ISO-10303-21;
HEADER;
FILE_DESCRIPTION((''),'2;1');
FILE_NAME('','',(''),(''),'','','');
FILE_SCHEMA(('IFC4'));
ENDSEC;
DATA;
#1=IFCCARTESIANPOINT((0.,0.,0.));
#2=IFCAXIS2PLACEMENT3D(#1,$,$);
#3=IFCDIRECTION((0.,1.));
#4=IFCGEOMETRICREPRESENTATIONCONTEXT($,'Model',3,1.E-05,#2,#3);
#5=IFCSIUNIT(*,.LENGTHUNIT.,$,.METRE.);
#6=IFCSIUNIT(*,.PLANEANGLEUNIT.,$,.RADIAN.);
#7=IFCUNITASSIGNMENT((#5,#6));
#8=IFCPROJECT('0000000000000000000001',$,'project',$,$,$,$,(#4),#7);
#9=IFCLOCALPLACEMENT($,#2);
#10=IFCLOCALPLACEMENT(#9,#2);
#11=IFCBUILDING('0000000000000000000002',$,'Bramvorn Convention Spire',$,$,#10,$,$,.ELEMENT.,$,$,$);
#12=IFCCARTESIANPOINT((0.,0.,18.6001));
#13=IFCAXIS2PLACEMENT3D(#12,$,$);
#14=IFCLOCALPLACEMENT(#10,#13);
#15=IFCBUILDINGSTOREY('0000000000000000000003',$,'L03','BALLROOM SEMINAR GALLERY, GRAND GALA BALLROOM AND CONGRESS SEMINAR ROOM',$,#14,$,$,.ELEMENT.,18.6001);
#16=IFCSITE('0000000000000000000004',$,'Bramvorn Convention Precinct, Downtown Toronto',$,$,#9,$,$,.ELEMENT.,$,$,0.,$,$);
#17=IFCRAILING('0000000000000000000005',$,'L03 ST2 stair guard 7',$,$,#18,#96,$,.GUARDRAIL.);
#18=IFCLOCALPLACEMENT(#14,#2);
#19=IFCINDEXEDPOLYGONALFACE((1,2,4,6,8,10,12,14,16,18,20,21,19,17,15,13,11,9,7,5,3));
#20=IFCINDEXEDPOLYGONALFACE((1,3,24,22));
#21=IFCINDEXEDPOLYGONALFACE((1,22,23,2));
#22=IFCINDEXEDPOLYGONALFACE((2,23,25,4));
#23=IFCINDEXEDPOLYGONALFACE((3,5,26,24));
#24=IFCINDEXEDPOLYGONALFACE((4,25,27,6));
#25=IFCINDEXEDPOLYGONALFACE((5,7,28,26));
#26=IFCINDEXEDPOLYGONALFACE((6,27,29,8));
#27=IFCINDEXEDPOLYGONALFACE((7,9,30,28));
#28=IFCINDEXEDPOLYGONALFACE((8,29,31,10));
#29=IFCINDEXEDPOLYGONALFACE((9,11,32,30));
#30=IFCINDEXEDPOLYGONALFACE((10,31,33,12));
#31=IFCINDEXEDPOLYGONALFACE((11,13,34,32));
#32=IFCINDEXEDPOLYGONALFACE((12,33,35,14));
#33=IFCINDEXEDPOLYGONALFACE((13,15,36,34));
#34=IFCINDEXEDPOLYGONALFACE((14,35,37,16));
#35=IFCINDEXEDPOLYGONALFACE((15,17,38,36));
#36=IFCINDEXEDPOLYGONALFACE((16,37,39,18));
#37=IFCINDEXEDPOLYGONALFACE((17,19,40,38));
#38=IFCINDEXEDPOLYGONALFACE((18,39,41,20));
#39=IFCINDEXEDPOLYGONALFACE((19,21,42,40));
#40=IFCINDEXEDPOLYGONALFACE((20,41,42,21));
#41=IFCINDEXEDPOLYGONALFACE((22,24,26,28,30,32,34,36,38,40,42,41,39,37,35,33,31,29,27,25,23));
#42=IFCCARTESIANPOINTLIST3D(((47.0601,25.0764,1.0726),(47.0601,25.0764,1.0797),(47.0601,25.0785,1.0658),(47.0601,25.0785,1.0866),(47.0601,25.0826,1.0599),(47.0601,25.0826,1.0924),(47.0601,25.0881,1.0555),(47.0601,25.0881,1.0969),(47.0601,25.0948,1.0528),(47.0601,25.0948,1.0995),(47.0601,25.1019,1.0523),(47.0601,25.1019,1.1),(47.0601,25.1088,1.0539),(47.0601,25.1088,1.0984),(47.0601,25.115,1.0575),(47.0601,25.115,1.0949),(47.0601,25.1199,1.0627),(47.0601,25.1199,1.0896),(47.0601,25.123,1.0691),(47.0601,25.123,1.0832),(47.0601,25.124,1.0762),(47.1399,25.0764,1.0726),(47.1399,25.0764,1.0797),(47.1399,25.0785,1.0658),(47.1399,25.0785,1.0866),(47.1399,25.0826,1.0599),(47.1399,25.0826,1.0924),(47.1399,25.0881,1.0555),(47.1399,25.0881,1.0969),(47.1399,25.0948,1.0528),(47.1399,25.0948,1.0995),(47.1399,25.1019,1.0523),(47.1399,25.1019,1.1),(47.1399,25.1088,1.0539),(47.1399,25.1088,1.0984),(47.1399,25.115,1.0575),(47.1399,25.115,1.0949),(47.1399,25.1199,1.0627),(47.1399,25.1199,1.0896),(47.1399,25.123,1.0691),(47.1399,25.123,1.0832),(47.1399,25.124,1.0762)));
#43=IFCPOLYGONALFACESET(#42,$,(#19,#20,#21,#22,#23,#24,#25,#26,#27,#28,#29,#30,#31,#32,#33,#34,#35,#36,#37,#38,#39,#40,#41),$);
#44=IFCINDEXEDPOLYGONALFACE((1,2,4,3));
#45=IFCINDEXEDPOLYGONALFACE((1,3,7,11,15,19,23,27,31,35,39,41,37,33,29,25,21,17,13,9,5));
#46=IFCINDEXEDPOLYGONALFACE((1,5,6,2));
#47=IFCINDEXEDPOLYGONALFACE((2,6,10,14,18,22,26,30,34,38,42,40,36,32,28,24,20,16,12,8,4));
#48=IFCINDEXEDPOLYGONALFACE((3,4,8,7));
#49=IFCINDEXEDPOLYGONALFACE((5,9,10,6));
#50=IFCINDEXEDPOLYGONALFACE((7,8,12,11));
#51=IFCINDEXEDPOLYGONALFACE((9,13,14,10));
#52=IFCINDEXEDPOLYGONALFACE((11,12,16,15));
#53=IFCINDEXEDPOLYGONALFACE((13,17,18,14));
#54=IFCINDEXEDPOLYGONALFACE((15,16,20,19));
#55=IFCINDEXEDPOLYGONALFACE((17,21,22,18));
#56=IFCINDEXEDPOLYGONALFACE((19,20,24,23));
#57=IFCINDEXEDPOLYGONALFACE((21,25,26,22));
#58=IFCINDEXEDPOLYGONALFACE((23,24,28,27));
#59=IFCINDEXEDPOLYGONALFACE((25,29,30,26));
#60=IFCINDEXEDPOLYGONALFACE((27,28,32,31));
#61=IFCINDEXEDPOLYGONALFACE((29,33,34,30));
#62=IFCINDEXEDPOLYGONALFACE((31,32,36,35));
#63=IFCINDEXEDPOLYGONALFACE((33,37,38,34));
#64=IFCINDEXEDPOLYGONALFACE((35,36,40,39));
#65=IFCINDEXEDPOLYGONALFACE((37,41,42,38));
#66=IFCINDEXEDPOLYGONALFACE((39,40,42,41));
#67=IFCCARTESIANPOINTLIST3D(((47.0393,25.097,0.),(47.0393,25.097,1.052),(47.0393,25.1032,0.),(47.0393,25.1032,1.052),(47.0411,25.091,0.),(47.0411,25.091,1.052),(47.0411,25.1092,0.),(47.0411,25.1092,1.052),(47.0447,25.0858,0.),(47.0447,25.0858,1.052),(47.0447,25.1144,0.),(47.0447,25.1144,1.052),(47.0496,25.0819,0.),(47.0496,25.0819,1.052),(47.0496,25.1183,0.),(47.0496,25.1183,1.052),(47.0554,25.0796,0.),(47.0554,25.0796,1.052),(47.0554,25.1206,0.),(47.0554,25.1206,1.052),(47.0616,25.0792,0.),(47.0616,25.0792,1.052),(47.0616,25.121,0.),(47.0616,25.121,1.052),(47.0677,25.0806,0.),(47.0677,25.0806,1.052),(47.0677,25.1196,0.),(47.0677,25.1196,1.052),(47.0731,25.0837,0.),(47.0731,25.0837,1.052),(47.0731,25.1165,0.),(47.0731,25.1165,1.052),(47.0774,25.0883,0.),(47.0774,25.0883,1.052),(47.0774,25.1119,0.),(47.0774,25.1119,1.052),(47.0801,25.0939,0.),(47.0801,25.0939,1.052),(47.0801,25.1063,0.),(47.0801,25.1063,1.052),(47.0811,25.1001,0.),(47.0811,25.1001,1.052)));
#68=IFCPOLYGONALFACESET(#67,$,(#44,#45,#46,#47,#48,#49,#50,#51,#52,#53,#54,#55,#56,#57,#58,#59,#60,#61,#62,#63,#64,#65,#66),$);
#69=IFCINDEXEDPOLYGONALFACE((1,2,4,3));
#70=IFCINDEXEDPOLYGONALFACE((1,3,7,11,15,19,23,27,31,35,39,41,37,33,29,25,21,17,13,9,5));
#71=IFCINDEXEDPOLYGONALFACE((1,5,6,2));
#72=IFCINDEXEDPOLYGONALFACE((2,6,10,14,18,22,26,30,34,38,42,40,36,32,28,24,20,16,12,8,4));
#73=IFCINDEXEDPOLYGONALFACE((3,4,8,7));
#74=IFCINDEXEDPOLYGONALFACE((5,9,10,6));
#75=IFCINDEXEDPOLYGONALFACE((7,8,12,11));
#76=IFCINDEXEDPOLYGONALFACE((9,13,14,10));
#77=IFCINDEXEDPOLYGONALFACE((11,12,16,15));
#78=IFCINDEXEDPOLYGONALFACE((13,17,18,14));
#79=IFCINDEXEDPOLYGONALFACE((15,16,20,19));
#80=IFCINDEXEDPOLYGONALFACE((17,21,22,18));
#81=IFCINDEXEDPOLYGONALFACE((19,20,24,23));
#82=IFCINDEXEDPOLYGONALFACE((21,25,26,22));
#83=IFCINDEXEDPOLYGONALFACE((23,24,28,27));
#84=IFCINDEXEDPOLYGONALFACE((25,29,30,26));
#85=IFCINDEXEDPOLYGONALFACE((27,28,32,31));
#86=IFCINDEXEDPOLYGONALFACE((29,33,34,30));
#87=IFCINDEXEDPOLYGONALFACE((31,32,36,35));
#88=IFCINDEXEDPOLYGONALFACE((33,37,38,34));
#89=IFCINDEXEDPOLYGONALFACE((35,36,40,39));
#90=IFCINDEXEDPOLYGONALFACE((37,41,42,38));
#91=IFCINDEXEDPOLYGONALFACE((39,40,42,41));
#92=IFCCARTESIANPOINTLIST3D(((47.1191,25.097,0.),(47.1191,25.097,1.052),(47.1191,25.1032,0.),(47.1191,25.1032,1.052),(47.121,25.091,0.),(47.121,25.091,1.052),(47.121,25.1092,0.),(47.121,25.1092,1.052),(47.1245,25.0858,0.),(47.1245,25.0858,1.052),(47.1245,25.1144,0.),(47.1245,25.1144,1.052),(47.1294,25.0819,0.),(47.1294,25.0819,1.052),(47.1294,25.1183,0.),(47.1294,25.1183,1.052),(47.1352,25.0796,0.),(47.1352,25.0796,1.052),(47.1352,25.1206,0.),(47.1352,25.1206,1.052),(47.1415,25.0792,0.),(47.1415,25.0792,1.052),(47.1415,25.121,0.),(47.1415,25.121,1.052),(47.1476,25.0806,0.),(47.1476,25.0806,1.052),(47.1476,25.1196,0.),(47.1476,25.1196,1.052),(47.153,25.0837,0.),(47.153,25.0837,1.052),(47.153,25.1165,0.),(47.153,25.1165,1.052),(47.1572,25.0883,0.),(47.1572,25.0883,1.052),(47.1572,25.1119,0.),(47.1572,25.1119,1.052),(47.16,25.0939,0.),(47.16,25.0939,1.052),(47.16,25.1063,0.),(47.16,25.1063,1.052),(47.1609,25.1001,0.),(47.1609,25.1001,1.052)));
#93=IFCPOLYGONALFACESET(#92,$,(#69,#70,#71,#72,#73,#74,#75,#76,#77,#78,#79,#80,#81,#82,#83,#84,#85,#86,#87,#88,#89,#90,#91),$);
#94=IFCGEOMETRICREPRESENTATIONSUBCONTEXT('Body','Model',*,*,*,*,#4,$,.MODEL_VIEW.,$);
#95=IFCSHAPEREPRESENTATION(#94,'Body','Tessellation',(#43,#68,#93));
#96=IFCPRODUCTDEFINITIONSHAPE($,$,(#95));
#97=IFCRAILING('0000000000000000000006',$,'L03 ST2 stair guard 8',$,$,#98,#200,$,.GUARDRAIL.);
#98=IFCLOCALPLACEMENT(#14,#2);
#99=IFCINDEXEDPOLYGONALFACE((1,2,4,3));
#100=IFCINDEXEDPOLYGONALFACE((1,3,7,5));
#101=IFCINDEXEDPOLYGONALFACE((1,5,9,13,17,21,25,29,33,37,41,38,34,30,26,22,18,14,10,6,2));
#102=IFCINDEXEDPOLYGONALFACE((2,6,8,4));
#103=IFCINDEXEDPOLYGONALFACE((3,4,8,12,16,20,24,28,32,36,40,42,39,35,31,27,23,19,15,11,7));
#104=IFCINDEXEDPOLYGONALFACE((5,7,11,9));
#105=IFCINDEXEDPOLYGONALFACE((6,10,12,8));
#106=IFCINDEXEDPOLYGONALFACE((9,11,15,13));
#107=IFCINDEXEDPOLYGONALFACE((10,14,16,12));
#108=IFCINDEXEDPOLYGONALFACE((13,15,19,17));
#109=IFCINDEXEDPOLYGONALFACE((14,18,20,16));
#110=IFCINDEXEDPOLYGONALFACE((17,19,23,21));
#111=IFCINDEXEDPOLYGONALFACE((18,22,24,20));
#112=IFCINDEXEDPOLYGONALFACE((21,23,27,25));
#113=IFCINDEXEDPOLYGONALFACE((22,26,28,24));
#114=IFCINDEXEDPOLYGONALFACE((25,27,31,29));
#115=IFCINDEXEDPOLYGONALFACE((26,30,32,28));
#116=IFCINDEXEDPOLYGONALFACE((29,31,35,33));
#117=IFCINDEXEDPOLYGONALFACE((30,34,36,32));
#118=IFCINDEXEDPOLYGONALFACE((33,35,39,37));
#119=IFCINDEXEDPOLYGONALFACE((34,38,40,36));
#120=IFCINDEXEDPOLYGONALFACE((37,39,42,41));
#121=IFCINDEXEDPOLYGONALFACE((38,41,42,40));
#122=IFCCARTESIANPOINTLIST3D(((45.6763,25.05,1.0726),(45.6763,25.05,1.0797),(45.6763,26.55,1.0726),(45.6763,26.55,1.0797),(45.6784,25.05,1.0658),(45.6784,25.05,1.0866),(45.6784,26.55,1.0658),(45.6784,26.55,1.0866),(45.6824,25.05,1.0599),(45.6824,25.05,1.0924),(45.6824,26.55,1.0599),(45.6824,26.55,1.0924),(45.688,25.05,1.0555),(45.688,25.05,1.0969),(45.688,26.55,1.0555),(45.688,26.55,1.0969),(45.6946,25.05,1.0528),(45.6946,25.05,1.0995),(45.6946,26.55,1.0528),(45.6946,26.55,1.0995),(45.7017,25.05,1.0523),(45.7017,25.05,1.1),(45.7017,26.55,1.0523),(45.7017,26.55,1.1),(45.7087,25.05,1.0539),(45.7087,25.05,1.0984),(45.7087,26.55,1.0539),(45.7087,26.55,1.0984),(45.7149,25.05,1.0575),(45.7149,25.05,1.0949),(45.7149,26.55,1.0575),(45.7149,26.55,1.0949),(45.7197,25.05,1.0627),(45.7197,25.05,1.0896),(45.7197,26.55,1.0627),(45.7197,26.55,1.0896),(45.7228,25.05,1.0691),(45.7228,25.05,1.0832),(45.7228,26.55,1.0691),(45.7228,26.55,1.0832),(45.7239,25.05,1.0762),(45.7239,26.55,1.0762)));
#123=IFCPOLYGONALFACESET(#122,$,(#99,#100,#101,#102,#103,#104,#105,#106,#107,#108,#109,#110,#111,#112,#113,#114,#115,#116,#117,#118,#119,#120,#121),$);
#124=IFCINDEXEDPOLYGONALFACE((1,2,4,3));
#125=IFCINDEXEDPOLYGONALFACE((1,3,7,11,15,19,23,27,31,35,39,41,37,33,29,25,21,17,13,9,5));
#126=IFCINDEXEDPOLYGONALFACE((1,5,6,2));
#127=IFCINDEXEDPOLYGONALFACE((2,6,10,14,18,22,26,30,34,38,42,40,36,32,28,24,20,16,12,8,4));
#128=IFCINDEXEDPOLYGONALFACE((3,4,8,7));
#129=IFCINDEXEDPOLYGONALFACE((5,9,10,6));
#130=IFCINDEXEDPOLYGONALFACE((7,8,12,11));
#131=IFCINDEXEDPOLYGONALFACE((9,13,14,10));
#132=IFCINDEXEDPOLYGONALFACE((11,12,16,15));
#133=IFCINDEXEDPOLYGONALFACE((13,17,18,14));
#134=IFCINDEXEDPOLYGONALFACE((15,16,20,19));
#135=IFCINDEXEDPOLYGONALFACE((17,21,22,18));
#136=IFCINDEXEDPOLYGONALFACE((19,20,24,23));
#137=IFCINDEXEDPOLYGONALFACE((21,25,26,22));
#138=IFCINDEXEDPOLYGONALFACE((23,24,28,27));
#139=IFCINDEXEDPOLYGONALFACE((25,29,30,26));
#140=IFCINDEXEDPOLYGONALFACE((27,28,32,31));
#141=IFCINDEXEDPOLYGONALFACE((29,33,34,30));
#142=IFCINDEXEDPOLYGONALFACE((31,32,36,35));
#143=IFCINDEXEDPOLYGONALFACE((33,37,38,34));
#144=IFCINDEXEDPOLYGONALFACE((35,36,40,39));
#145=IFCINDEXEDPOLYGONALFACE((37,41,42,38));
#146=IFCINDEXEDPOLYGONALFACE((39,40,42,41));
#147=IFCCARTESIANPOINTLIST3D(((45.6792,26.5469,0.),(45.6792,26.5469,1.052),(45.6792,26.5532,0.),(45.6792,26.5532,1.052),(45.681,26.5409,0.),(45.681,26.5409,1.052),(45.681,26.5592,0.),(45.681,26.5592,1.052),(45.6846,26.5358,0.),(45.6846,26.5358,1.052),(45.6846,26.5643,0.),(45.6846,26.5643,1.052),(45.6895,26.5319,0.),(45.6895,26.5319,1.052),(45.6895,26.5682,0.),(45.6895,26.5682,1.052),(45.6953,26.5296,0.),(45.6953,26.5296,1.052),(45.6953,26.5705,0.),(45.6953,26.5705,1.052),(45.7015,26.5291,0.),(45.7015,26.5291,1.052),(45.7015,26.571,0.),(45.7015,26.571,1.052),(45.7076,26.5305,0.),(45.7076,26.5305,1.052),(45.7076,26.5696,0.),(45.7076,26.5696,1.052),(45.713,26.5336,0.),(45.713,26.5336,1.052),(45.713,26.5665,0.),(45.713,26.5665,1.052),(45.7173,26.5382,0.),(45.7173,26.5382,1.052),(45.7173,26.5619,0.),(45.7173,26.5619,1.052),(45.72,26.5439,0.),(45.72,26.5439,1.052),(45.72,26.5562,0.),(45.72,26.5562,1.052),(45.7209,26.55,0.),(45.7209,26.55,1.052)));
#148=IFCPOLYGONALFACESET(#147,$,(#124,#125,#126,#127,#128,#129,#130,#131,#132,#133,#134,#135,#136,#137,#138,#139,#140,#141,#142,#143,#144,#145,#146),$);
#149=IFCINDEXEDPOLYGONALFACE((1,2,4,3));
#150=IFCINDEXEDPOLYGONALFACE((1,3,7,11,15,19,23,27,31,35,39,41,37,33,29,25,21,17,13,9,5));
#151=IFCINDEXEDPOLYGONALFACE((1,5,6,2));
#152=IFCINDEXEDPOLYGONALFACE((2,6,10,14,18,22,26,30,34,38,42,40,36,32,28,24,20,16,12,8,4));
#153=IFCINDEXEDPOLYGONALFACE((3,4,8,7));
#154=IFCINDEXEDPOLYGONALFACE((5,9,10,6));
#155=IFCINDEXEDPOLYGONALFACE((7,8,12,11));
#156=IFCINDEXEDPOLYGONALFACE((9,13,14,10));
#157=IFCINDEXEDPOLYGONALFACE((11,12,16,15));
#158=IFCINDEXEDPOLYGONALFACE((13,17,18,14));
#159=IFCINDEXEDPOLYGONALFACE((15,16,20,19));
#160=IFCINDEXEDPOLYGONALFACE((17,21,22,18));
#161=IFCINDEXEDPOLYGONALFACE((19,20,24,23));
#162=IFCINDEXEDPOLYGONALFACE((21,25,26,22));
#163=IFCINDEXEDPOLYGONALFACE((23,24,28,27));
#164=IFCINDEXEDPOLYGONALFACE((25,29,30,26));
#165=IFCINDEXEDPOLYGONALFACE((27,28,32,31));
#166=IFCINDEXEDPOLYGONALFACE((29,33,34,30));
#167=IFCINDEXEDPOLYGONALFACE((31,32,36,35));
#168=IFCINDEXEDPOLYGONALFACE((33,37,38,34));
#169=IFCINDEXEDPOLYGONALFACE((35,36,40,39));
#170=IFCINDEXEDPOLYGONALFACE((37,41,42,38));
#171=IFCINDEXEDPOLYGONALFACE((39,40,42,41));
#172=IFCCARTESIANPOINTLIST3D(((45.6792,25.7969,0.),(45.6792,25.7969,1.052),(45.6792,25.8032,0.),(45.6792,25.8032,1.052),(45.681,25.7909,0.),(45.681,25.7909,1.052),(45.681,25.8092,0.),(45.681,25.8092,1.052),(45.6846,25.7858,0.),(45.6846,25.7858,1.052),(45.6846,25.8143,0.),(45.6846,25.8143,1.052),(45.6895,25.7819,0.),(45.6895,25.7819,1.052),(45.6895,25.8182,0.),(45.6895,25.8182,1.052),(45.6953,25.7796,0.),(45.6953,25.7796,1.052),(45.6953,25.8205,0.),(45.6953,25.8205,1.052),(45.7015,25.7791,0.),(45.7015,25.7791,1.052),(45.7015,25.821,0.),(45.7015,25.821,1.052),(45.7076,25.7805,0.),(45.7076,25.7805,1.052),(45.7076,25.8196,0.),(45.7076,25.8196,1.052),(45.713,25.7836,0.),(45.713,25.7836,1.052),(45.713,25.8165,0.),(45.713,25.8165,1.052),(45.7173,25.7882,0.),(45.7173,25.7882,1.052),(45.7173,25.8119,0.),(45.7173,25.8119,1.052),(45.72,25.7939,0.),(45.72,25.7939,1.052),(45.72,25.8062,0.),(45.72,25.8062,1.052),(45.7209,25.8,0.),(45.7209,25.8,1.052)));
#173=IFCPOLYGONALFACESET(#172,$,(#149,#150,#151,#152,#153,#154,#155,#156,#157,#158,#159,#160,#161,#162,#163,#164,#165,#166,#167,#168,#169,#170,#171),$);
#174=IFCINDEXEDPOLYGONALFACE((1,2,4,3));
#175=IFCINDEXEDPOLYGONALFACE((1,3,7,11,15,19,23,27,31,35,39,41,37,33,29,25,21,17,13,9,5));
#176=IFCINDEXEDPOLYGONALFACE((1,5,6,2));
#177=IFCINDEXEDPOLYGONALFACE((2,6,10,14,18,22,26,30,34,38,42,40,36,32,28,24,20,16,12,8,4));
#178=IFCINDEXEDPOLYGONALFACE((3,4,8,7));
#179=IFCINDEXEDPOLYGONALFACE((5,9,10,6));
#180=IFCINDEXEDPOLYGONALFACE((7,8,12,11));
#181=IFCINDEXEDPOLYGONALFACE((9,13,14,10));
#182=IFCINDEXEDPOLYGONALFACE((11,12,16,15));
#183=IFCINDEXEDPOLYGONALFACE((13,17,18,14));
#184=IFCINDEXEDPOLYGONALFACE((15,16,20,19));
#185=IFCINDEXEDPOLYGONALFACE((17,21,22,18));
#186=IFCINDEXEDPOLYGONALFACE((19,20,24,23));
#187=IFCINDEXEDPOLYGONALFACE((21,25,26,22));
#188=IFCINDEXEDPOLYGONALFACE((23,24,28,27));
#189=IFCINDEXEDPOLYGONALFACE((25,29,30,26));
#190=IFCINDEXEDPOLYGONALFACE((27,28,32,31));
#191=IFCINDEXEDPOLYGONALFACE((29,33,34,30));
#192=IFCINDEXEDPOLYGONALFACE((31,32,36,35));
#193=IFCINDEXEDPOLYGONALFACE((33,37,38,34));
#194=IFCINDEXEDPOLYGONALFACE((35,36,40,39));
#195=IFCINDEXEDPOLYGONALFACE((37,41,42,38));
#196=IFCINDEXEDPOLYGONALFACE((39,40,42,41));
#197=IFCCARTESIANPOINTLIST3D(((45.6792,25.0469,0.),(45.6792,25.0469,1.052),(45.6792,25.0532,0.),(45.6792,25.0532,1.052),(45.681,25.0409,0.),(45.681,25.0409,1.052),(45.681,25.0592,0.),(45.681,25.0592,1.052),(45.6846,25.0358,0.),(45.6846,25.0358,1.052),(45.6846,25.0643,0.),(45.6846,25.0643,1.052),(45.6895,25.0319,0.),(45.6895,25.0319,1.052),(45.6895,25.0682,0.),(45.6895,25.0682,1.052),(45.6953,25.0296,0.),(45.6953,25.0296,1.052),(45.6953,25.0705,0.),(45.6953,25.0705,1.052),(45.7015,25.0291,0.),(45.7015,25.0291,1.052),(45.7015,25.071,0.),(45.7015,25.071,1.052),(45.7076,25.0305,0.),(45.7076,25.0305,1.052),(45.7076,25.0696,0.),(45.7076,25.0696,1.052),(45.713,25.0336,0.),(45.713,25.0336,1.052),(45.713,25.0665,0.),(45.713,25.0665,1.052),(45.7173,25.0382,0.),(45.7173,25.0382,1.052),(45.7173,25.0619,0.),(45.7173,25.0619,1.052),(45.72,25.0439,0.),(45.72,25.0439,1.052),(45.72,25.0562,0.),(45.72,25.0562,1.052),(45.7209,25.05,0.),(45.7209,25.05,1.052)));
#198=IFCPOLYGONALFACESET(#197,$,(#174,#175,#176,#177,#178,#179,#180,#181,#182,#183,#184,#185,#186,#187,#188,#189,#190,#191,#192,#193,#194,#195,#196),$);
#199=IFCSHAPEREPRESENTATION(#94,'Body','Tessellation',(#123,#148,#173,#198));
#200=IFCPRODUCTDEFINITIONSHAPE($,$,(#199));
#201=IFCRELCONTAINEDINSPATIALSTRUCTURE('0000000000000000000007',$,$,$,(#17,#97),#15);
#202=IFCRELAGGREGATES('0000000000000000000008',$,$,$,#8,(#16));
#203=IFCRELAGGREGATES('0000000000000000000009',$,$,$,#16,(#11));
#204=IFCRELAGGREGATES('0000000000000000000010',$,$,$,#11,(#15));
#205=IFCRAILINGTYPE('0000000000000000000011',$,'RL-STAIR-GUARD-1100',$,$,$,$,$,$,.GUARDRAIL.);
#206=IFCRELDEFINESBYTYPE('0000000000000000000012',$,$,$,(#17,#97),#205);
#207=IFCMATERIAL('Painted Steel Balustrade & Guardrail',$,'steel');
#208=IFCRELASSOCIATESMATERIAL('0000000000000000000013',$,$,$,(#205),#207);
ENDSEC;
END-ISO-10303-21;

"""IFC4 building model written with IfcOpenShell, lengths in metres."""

from ifc_helpers import new_model, si_unit, direction, frame, origin, origin_2d, place, context, subcontext, project, spatial, circle, extrude, material, type_object, element, save


model = new_model("IFC4")

# Units and contexts
model_context = context("Model", 3, precision=1e-05, world=origin(), true_north=direction((0.0, 1.0)))
body_context = subcontext(model_context, "Body", "Model", "MODEL_VIEW")
ifc_project = project(units=[si_unit("LENGTHUNIT", "METRE"), si_unit("PLANEANGLEUNIT", "RADIAN")], contexts=[model_context])

# Site, building, storey
site_placement = place(None, origin())
site = spatial("IfcSite", under=ifc_project, at=site_placement, Name="Bramvorn Convention Precinct, Downtown Toronto", CompositionType="ELEMENT", RefElevation=0.0)
building_placement = place(site_placement, origin())
building = spatial("IfcBuilding", under=site, at=building_placement, Name="Bramvorn Convention Spire", CompositionType="ELEMENT")
storey_placement = place(building_placement, frame((0.0, 0.0, 18.6001)))
storey = spatial("IfcBuildingStorey", under=building, at=storey_placement, Name="L03", Description="BALLROOM SEMINAR GALLERY, GRAND GALA BALLROOM AND CONGRESS SEMINAR ROOM", CompositionType="ELEMENT", Elevation=18.6001)

# Railings
ifc_material_1 = material(Name="Painted Steel Balustrade & Guardrail", Category="steel")
railing_type_1 = type_object("IfcRailingType", Name="RL-STAIR-GUARD-1100", PredefinedType="GUARDRAIL", material=ifc_material_1)
railing_1_placement = place(storey_placement, frame((47.0601, 25.1001, 0.0)))
element("IfcRailing", 1, at=railing_1_placement, inside=storey, type_object=railing_type_1, Name="L03 ST2 stair guard 7", PredefinedType="GUARDRAIL", context=body_context, shape_type="SweptSolid", body=[
    extrude(circle(Radius=0.0239, at=origin_2d()), frame((0.0, 0.0, 1.0762), z_axis=(1.0, 0.0, 0.0), x_axis=(0.0, 1.0, 0.0)), (0.0, 0.0, 1.0), 0.0798),
    extrude(circle(Radius=0.021, at=origin_2d()), origin(), (0.0, 0.0, 1.0), 1.052),
    extrude(circle(Radius=0.021, at=origin_2d()), frame((0.0798, 0.0, 0.0)), (0.0, 0.0, 1.0), 1.052),
])
for number, where, name in (
    (2, (45.7, 26.55, 0.0), "L03 ST2 stair guard 8"),
):
    element("IfcRailing", number, at=place(storey_placement, frame(where)), inside=storey, type_object=railing_type_1, Name=name, PredefinedType="GUARDRAIL", context=body_context, shape_type="SweptSolid", body=[
        extrude(circle(Radius=0.0239, at=origin_2d()), frame((0.0, 0.0, 1.0762), z_axis=(0.0, -1.0, 0.0), x_axis=(1.0, 0.0, 0.0)), (0.0, 0.0, 1.0), 1.5),
        extrude(circle(Radius=0.021, at=origin_2d()), origin(), (0.0, 0.0, 1.0), 1.052),
        extrude(circle(Radius=0.021, at=origin_2d()), frame((0.0, -0.75, 0.0)), (0.0, 0.0, 1.0), 1.052),
        extrude(circle(Radius=0.021, at=origin_2d()), frame((0.0, -1.5, 0.0)), (0.0, 0.0, 1.0), 1.052),
    ])

save(model, "model.ifc")
